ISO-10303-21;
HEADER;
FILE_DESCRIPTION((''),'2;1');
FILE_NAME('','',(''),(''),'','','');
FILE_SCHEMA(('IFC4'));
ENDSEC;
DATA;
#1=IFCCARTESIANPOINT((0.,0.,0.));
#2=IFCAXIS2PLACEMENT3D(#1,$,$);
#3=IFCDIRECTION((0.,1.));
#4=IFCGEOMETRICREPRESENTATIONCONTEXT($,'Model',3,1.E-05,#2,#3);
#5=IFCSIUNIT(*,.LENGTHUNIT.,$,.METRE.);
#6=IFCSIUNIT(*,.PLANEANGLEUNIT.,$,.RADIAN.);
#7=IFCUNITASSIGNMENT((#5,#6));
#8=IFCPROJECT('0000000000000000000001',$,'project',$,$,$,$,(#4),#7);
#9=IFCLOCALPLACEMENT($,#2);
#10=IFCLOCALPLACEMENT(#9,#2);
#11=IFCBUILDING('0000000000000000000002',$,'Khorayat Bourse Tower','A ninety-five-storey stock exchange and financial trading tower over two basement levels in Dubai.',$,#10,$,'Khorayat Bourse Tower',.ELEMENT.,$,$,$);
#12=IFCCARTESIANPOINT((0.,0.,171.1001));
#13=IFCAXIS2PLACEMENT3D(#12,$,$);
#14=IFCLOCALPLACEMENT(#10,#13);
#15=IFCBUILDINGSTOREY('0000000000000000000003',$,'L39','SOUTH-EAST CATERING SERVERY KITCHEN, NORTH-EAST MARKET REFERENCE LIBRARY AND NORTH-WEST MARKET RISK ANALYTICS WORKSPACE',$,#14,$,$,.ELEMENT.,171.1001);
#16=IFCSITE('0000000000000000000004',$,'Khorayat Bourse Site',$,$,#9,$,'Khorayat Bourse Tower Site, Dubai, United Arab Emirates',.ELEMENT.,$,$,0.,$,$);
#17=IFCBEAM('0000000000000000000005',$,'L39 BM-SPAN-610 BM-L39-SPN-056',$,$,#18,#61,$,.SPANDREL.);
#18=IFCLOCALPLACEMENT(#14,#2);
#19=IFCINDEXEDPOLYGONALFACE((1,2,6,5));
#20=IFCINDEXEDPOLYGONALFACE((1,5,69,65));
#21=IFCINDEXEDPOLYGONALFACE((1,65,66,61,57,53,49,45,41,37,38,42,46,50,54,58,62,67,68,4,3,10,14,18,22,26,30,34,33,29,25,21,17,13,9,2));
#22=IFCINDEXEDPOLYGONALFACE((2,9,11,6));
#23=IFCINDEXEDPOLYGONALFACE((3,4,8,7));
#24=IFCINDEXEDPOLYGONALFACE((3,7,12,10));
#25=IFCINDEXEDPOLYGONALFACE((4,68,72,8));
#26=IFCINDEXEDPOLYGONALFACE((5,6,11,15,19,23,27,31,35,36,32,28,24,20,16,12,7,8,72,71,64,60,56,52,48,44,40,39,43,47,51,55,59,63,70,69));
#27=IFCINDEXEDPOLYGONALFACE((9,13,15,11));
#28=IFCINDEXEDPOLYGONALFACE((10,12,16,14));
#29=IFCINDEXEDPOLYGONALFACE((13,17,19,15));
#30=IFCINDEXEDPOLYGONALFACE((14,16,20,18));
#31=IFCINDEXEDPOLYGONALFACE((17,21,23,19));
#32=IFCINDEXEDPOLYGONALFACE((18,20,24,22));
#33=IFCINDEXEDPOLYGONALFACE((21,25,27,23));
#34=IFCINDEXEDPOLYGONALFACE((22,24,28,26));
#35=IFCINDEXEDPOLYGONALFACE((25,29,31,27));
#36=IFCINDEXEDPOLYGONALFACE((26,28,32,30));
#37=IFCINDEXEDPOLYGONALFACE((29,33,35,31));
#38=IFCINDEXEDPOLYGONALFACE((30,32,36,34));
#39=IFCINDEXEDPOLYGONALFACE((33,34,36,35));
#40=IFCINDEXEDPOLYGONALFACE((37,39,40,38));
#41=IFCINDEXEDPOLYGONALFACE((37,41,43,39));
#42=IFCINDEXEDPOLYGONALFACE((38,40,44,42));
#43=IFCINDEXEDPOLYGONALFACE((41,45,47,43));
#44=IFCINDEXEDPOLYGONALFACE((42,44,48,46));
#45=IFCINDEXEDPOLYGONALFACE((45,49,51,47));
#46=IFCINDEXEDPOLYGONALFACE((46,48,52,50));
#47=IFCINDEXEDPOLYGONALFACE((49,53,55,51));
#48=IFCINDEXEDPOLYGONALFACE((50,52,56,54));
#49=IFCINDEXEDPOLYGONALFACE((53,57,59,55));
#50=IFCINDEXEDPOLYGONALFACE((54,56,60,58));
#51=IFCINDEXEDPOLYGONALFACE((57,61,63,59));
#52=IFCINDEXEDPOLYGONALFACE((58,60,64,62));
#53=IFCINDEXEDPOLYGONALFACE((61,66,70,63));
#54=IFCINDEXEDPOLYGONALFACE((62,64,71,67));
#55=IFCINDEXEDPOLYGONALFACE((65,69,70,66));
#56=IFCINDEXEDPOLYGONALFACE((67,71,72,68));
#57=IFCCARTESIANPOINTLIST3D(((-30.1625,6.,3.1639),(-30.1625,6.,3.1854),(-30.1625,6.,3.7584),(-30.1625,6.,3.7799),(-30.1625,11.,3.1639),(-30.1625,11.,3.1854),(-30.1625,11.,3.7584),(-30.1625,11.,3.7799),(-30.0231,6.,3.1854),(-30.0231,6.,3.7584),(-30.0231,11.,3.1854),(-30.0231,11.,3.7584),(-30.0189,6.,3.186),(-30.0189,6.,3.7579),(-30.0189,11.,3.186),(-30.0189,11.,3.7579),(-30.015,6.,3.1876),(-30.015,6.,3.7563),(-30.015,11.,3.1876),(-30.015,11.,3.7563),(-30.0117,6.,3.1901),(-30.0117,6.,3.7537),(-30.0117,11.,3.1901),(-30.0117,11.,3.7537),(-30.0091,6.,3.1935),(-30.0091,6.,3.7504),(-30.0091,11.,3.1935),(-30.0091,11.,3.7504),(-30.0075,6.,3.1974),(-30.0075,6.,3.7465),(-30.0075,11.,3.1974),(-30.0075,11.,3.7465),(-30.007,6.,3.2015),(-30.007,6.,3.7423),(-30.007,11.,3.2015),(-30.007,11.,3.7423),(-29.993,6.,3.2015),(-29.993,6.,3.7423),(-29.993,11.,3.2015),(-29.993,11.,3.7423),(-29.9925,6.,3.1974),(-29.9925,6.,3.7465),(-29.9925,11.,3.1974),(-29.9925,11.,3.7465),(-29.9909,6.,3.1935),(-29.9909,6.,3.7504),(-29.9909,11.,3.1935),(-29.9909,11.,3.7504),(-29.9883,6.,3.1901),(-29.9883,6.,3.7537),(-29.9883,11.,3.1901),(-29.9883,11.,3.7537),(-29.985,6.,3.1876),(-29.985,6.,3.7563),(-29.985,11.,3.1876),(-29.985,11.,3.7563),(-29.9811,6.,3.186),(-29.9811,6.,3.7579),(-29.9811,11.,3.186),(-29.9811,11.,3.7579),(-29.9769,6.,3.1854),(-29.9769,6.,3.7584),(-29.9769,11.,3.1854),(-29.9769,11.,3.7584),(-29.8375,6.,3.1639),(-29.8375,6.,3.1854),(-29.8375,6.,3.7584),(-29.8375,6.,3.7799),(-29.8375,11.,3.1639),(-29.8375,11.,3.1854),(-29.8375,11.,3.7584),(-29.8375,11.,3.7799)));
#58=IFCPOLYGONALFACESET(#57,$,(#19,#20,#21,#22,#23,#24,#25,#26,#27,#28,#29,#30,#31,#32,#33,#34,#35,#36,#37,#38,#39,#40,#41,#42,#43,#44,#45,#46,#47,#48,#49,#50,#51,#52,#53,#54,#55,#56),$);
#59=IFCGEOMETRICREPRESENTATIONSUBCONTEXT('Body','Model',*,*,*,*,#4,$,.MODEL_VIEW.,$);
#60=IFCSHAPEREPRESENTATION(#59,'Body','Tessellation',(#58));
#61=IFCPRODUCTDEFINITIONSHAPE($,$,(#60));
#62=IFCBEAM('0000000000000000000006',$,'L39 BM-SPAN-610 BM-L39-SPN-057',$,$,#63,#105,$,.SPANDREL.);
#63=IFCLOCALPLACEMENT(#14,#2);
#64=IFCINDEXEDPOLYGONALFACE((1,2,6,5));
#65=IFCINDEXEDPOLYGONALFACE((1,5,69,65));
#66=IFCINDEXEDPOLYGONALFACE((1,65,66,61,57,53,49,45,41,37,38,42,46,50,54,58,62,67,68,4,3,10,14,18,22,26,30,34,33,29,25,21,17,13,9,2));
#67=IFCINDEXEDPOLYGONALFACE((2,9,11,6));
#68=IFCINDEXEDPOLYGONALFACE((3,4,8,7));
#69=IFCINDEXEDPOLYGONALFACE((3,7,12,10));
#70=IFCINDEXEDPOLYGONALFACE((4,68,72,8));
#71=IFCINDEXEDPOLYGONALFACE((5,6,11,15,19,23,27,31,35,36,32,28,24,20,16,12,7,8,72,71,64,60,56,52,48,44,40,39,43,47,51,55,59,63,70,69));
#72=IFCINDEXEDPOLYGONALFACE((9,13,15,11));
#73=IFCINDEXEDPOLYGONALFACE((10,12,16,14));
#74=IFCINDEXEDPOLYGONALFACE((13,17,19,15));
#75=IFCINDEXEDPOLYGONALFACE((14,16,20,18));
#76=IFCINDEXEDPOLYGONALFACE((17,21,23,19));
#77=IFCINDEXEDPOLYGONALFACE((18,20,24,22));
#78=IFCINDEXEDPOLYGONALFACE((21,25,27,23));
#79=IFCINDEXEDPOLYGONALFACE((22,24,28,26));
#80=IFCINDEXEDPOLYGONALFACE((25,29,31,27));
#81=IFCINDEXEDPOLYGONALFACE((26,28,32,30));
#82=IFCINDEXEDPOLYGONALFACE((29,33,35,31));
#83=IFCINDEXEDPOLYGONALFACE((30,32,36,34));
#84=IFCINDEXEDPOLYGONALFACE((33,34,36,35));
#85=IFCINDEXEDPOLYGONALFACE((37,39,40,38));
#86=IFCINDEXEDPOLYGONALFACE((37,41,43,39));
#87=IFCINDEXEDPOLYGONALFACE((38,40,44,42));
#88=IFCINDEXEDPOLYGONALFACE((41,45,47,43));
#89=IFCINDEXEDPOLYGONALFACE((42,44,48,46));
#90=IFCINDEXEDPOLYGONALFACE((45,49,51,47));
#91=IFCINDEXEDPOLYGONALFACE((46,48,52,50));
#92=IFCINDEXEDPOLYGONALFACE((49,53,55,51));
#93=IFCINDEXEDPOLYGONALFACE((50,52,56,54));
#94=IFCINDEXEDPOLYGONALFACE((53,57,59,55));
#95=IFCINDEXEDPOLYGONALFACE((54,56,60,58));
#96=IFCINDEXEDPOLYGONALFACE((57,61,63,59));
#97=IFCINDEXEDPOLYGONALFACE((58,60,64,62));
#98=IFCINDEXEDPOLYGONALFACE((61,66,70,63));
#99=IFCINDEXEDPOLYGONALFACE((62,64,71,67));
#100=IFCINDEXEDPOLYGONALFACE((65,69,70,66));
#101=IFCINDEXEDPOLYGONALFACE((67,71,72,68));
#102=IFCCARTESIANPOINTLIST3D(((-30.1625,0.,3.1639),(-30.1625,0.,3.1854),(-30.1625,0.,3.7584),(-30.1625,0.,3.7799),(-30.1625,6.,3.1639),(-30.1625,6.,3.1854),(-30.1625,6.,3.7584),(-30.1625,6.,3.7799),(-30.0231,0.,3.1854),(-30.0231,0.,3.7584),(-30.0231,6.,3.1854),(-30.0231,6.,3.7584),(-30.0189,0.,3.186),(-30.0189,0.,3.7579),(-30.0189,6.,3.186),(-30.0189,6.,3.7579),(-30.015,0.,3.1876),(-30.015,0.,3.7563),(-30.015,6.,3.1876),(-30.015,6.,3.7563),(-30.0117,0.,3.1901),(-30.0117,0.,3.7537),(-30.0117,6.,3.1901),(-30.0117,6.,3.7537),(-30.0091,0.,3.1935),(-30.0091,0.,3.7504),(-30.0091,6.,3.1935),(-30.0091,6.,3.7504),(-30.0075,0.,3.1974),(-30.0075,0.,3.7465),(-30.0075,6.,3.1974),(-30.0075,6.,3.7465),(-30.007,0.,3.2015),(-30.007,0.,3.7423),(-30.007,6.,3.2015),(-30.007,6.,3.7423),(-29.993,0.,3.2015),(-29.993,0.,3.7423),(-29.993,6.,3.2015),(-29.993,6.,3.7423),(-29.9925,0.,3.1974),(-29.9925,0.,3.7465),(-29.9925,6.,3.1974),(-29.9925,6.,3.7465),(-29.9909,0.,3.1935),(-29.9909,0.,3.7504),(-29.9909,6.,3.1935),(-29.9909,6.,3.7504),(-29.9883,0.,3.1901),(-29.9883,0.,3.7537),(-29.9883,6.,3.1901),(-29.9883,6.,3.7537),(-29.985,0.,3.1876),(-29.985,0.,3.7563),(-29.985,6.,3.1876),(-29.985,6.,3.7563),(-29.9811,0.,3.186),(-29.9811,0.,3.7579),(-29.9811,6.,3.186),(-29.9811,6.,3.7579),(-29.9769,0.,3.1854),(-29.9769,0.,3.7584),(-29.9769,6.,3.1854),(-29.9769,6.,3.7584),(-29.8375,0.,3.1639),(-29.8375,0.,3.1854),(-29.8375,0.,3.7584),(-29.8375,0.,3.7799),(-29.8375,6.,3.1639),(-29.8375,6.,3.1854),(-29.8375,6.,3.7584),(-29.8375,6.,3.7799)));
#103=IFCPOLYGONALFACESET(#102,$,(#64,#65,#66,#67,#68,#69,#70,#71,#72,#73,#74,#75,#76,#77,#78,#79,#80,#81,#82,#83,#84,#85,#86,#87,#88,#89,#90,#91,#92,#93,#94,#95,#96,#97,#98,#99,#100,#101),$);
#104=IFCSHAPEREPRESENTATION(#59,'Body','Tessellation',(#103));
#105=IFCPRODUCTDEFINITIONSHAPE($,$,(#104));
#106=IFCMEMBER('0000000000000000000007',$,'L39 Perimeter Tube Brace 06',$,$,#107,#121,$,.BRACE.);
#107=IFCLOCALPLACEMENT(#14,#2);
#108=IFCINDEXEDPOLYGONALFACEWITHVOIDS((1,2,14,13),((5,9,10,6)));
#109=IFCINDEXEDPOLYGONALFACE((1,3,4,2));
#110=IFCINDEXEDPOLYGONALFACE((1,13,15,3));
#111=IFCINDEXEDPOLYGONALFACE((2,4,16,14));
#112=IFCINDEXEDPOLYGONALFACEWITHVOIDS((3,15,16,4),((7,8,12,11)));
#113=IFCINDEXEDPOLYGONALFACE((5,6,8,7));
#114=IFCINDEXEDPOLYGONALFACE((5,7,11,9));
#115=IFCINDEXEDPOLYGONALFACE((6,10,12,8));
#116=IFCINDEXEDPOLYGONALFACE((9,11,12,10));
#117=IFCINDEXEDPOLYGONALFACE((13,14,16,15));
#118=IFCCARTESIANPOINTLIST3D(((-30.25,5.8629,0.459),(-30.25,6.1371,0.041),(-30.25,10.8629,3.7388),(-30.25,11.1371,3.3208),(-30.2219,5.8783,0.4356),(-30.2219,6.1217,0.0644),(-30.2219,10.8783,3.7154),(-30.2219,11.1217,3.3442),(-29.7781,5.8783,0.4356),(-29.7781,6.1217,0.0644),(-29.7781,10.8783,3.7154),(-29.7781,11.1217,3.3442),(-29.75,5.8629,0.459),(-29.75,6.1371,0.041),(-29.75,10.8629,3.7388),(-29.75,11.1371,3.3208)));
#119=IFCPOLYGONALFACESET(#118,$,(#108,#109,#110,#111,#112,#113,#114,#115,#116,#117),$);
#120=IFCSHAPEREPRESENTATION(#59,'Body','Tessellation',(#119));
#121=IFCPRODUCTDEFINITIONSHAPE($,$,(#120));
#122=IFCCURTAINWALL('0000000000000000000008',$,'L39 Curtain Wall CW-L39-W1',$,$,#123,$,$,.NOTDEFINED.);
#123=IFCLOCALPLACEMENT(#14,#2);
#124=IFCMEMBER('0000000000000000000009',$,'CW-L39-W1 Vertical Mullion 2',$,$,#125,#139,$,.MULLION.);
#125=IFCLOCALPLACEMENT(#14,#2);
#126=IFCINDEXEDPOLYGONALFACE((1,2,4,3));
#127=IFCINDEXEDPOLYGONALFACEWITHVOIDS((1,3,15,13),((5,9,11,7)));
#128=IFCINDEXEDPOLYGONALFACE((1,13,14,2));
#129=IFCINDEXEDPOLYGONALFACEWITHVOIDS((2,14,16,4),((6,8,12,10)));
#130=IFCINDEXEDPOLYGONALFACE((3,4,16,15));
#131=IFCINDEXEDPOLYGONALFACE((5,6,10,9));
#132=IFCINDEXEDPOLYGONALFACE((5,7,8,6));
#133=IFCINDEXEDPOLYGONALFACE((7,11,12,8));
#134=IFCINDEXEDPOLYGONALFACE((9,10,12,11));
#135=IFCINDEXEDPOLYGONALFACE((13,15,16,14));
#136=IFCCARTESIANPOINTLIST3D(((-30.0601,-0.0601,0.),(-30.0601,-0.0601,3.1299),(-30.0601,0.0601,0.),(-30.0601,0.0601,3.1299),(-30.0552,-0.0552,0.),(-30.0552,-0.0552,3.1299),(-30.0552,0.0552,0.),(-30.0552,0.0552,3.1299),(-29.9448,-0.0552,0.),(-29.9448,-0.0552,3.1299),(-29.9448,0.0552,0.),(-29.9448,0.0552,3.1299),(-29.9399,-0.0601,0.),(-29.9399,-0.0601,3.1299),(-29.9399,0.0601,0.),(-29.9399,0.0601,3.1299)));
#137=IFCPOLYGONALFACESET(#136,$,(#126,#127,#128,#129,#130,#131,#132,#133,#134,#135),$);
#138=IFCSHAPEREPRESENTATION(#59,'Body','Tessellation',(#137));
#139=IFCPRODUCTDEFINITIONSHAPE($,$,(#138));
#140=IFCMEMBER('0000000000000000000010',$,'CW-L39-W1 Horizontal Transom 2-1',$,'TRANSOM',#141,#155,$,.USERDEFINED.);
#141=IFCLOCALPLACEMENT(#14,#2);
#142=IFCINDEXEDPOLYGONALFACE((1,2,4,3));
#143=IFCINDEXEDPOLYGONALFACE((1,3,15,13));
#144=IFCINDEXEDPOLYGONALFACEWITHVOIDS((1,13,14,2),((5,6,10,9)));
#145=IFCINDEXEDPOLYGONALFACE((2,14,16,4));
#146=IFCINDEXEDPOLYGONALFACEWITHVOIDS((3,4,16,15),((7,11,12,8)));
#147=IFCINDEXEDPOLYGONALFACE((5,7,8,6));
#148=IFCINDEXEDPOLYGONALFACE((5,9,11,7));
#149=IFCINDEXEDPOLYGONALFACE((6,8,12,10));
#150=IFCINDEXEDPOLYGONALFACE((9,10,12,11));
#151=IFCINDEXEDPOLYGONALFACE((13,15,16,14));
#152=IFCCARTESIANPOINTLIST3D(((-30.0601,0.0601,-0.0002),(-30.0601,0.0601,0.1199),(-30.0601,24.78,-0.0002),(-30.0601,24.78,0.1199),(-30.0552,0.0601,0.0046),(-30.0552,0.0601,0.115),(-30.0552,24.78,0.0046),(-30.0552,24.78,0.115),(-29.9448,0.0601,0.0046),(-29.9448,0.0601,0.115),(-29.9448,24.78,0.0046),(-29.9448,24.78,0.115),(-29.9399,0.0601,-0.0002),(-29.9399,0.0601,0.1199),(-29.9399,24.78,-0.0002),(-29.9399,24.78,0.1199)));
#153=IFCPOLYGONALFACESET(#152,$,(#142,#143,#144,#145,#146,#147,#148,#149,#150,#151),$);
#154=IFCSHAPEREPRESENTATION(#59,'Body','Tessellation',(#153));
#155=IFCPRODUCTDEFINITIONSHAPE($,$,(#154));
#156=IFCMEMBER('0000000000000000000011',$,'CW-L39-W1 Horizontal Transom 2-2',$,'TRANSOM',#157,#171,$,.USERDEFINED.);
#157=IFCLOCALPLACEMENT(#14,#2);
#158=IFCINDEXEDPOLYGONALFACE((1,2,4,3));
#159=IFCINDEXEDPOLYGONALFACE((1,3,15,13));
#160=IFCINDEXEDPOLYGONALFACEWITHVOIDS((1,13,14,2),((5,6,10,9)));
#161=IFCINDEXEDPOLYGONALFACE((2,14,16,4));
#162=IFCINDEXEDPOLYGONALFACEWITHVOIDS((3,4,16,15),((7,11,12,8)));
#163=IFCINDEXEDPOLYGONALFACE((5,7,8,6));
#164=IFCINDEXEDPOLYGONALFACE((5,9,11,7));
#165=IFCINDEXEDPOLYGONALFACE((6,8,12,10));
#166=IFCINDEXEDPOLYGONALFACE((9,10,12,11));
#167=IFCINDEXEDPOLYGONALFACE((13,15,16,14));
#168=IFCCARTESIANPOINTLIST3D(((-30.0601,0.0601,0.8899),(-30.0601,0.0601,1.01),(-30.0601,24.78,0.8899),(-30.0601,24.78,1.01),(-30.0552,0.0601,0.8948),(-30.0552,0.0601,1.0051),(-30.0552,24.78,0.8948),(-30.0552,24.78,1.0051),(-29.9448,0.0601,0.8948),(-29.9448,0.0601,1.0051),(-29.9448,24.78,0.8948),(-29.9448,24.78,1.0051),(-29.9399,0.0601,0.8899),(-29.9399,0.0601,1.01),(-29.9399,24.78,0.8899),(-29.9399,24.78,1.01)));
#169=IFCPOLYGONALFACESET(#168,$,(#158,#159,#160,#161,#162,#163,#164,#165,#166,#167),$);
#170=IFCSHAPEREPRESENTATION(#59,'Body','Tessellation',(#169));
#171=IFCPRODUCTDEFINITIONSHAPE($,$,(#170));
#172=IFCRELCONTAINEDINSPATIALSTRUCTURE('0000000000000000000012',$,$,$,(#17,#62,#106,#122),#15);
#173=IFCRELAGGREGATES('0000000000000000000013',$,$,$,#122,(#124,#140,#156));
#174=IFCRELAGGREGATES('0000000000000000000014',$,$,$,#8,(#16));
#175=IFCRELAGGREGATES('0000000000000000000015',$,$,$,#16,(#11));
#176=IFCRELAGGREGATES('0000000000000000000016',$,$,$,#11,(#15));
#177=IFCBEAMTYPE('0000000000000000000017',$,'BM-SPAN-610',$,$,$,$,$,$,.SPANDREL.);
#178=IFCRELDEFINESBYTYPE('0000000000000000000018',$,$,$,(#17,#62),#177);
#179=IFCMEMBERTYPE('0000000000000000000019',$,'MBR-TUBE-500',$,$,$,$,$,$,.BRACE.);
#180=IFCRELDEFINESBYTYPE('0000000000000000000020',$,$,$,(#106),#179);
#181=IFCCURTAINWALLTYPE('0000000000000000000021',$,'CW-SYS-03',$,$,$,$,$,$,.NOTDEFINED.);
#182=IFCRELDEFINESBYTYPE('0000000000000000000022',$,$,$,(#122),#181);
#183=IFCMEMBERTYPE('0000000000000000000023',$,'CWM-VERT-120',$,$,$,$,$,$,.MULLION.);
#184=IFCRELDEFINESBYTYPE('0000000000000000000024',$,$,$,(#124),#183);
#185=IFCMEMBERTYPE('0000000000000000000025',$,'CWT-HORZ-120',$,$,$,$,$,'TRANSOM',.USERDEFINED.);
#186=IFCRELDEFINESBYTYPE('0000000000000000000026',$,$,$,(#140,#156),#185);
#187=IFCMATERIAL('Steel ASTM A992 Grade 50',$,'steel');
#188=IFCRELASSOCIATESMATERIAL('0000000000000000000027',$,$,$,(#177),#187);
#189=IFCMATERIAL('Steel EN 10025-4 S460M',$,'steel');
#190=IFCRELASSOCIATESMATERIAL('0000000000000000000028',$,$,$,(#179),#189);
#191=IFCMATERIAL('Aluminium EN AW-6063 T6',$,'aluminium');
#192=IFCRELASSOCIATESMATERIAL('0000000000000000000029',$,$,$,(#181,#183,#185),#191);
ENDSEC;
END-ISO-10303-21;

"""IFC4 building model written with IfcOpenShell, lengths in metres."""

from ifc_helpers import new_model, si_unit, direction, frame, origin, origin_2d, place, context, subcontext, project, spatial, hollow_rectangle, i_section, extrude, source, transform, mapped, material, material_profile, profile_set, type_object, element, aggregate, save


model = new_model("IFC4")

# Units and contexts
model_context = context("Model", 3, precision=1e-05, world=origin(), true_north=direction((0.0, 1.0)))
body_context = subcontext(model_context, "Body", "Model", "MODEL_VIEW")
ifc_project = project(units=[si_unit("LENGTHUNIT", "METRE"), si_unit("PLANEANGLEUNIT", "RADIAN")], contexts=[model_context])

# Site, building, storey
site_placement = place(None, origin())
site = spatial("IfcSite", under=ifc_project, at=site_placement, Name="Khorayat Bourse Site", LongName="Khorayat Bourse Tower Site, Dubai, United Arab Emirates", CompositionType="ELEMENT", RefElevation=0.0)
building_placement = place(site_placement, origin())
building = spatial("IfcBuilding", under=site, at=building_placement, Name="Khorayat Bourse Tower", Description="A ninety-five-storey stock exchange and financial trading tower over two basement levels in Dubai.", LongName="Khorayat Bourse Tower", CompositionType="ELEMENT")
storey_placement = place(building_placement, frame((0.0, 0.0, 171.1001)))
storey = spatial("IfcBuildingStorey", under=building, at=storey_placement, Name="L39", Description="SOUTH-EAST CATERING SERVERY KITCHEN, NORTH-EAST MARKET REFERENCE LIBRARY AND NORTH-WEST MARKET RISK ANALYTICS WORKSPACE", CompositionType="ELEMENT", Elevation=171.1001)

# Shared definitions
ifc_material_1 = material(Name="Steel EN 10025-4 S460M", Category="steel")

# Beams
ifc_material_2 = material(Name="Steel ASTM A992 Grade 50", Category="steel")
ifc_material_profile_1 = material_profile(ifc_material_2, i_section(OverallWidth=0.325, OverallDepth=0.616, WebThickness=0.0139, FlangeThickness=0.0215, FilletRadius=0.0161, at=origin_2d()), Name="W610X174")
ifc_profile_set_1 = profile_set([ifc_material_profile_1], Name="Steel ASTM A992 Grade 50")
beam_type_1 = type_object("IfcBeamType", Name="BM-SPAN-610", PredefinedType="SPANDREL", material=ifc_profile_set_1)
shared_shape_1 = source(origin(), body_context, "Body", "SweptSolid", [
    extrude(i_section(OverallWidth=0.325, OverallDepth=0.616, WebThickness=0.0139, FlangeThickness=0.0215, FilletRadius=0.0161, at=origin_2d()), origin(), (0.0, 0.0, 1.0), 5.0),
])
beam_1_placement = place(storey_placement, frame((-30.0, 6.0, 3.4719), z_axis=(0.0, 1.0, 0.0), x_axis=(-1.0, 0.0, 0.0)))
element("IfcBeam", 1, at=beam_1_placement, inside=storey, type_object=beam_type_1, Name="L39 BM-SPAN-610 BM-L39-SPN-056", PredefinedType="SPANDREL", context=body_context, shape_type="MappedRepresentation", body=[
    mapped(shared_shape_1, transform((0.0, 0.0, 0.0), scale=1.0)),
])
shared_shape_2 = source(origin(), body_context, "Body", "SweptSolid", [
    extrude(i_section(OverallWidth=0.325, OverallDepth=0.616, WebThickness=0.0139, FlangeThickness=0.0215, FilletRadius=0.0161, at=origin_2d()), origin(), (0.0, 0.0, 1.0), 6.0),
])
beam_2_placement = place(storey_placement, frame((-30.0, 0.0, 3.4719), z_axis=(0.0, 1.0, 0.0), x_axis=(-1.0, 0.0, 0.0)))
element("IfcBeam", 2, at=beam_2_placement, inside=storey, type_object=beam_type_1, Name="L39 BM-SPAN-610 BM-L39-SPN-057", PredefinedType="SPANDREL", context=body_context, shape_type="MappedRepresentation", body=[
    mapped(shared_shape_2, transform((0.0, 0.0, 0.0), scale=1.0)),
])

# Member
ifc_material_profile_2 = material_profile(ifc_material_1, hollow_rectangle(XDim=0.5, YDim=0.5, WallThickness=0.0281, at=origin_2d()), Name="HSS 500x500x28")
ifc_profile_set_2 = profile_set([ifc_material_profile_2], Name="Steel EN 10025-4 S460M")
member_type_1 = type_object("IfcMemberType", Name="MBR-TUBE-500", PredefinedType="BRACE", material=ifc_profile_set_2)
shared_shape_3 = source(origin(), body_context, "Body", "SweptSolid", [
    extrude(hollow_rectangle(XDim=0.5, YDim=0.5, WallThickness=0.0281, at=origin_2d()), origin(), (0.0, 0.0, 1.0), 5.9797),
])
member_1_placement = place(storey_placement, frame((-30.0, 6.0, 0.25), z_axis=(0.0, 0.83616, 0.548485), x_axis=(-1.0, 0.0, 0.0)))
element("IfcMember", 3, at=member_1_placement, inside=storey, type_object=member_type_1, Name="L39 Perimeter Tube Brace 06", PredefinedType="BRACE", context=body_context, shape_type="MappedRepresentation", body=[
    mapped(shared_shape_3, transform((0.0, 0.0, 0.0), scale=1.0)),
])

# Curtain wall, members
ifc_material_3 = material(Name="Aluminium EN AW-6063 T6", Category="aluminium")
curtain_wall_type = type_object("IfcCurtainWallType", Name="CW-SYS-03", PredefinedType="NOTDEFINED", material=ifc_material_3)
curtain_wall_placement = place(storey_placement, origin())
curtain_wall = element("IfcCurtainWall", 4, at=curtain_wall_placement, inside=storey, type_object=curtain_wall_type, Name="L39 Curtain Wall CW-L39-W1", PredefinedType="NOTDEFINED")
ifc_material_profile_3 = material_profile(ifc_material_3, hollow_rectangle(XDim=0.1201, YDim=0.1201, WallThickness=0.0049, at=origin_2d()), Name="ALU 120x120x5")
ifc_profile_set_3 = profile_set([ifc_material_profile_3], Name="Aluminium EN AW-6063 T6")
member_type_2 = type_object("IfcMemberType", Name="CWM-VERT-120", PredefinedType="MULLION", material=ifc_profile_set_3)
shared_shape_4 = source(origin(), body_context, "Body", "SweptSolid", [
    extrude(hollow_rectangle(XDim=0.1201, YDim=0.1201, WallThickness=0.0049, at=origin_2d()), origin(), (0.0, 0.0, 1.0), 3.1299),
])
member_2_placement = place(storey_placement, frame((-30.0, 0.0, 0.0), z_axis=(0.0, 0.0, 1.0), x_axis=(-1.0, 0.0, 0.0)))
member_2 = element("IfcMember", 5, at=member_2_placement, type_object=member_type_2, Name="CW-L39-W1 Vertical Mullion 2", PredefinedType="MULLION", context=body_context, shape_type="MappedRepresentation", body=[
    mapped(shared_shape_4, transform((0.0, 0.0, 0.0), scale=1.0)),
])
ifc_material_profile_4 = material_profile(ifc_material_3, hollow_rectangle(XDim=0.1201, YDim=0.1201, WallThickness=0.0049, at=origin_2d()), Name="ALU 120x120x5")
ifc_profile_set_4 = profile_set([ifc_material_profile_4], Name="Aluminium EN AW-6063 T6")
member_type_3 = type_object("IfcMemberType", Name="CWT-HORZ-120", ElementType="TRANSOM", PredefinedType="USERDEFINED", material=ifc_profile_set_4)
shared_shape_5 = source(origin(), body_context, "Body", "SweptSolid", [
    extrude(hollow_rectangle(XDim=0.1201, YDim=0.1201, WallThickness=0.0049, at=origin_2d()), origin(), (0.0, 0.0, 1.0), 24.72),
])
member_3_placement = place(storey_placement, frame((-30.0, 0.0601, 0.0598), z_axis=(0.0, 1.0, 0.0), x_axis=(-1.0, 0.0, 0.0)))
member_3 = element("IfcMember", 6, at=member_3_placement, type_object=member_type_3, Name="CW-L39-W1 Horizontal Transom 2-1", ObjectType="TRANSOM", PredefinedType="USERDEFINED", context=body_context, shape_type="MappedRepresentation", body=[
    mapped(shared_shape_5, transform((0.0, 0.0, 0.0), scale=1.0)),
])
member_4_placement = place(storey_placement, frame((-30.0, 0.0601, 0.95), z_axis=(0.0, 1.0, 0.0), x_axis=(-1.0, 0.0, 0.0)))
member_4 = element("IfcMember", 7, at=member_4_placement, type_object=member_type_3, Name="CW-L39-W1 Horizontal Transom 2-2", ObjectType="TRANSOM", PredefinedType="USERDEFINED", context=body_context, shape_type="MappedRepresentation", body=[
    mapped(shared_shape_5, transform((0.0, 0.0, 0.0), scale=1.0)),
])
aggregate(curtain_wall, [member_2, member_3, member_4])

save(model, "model.ifc")
